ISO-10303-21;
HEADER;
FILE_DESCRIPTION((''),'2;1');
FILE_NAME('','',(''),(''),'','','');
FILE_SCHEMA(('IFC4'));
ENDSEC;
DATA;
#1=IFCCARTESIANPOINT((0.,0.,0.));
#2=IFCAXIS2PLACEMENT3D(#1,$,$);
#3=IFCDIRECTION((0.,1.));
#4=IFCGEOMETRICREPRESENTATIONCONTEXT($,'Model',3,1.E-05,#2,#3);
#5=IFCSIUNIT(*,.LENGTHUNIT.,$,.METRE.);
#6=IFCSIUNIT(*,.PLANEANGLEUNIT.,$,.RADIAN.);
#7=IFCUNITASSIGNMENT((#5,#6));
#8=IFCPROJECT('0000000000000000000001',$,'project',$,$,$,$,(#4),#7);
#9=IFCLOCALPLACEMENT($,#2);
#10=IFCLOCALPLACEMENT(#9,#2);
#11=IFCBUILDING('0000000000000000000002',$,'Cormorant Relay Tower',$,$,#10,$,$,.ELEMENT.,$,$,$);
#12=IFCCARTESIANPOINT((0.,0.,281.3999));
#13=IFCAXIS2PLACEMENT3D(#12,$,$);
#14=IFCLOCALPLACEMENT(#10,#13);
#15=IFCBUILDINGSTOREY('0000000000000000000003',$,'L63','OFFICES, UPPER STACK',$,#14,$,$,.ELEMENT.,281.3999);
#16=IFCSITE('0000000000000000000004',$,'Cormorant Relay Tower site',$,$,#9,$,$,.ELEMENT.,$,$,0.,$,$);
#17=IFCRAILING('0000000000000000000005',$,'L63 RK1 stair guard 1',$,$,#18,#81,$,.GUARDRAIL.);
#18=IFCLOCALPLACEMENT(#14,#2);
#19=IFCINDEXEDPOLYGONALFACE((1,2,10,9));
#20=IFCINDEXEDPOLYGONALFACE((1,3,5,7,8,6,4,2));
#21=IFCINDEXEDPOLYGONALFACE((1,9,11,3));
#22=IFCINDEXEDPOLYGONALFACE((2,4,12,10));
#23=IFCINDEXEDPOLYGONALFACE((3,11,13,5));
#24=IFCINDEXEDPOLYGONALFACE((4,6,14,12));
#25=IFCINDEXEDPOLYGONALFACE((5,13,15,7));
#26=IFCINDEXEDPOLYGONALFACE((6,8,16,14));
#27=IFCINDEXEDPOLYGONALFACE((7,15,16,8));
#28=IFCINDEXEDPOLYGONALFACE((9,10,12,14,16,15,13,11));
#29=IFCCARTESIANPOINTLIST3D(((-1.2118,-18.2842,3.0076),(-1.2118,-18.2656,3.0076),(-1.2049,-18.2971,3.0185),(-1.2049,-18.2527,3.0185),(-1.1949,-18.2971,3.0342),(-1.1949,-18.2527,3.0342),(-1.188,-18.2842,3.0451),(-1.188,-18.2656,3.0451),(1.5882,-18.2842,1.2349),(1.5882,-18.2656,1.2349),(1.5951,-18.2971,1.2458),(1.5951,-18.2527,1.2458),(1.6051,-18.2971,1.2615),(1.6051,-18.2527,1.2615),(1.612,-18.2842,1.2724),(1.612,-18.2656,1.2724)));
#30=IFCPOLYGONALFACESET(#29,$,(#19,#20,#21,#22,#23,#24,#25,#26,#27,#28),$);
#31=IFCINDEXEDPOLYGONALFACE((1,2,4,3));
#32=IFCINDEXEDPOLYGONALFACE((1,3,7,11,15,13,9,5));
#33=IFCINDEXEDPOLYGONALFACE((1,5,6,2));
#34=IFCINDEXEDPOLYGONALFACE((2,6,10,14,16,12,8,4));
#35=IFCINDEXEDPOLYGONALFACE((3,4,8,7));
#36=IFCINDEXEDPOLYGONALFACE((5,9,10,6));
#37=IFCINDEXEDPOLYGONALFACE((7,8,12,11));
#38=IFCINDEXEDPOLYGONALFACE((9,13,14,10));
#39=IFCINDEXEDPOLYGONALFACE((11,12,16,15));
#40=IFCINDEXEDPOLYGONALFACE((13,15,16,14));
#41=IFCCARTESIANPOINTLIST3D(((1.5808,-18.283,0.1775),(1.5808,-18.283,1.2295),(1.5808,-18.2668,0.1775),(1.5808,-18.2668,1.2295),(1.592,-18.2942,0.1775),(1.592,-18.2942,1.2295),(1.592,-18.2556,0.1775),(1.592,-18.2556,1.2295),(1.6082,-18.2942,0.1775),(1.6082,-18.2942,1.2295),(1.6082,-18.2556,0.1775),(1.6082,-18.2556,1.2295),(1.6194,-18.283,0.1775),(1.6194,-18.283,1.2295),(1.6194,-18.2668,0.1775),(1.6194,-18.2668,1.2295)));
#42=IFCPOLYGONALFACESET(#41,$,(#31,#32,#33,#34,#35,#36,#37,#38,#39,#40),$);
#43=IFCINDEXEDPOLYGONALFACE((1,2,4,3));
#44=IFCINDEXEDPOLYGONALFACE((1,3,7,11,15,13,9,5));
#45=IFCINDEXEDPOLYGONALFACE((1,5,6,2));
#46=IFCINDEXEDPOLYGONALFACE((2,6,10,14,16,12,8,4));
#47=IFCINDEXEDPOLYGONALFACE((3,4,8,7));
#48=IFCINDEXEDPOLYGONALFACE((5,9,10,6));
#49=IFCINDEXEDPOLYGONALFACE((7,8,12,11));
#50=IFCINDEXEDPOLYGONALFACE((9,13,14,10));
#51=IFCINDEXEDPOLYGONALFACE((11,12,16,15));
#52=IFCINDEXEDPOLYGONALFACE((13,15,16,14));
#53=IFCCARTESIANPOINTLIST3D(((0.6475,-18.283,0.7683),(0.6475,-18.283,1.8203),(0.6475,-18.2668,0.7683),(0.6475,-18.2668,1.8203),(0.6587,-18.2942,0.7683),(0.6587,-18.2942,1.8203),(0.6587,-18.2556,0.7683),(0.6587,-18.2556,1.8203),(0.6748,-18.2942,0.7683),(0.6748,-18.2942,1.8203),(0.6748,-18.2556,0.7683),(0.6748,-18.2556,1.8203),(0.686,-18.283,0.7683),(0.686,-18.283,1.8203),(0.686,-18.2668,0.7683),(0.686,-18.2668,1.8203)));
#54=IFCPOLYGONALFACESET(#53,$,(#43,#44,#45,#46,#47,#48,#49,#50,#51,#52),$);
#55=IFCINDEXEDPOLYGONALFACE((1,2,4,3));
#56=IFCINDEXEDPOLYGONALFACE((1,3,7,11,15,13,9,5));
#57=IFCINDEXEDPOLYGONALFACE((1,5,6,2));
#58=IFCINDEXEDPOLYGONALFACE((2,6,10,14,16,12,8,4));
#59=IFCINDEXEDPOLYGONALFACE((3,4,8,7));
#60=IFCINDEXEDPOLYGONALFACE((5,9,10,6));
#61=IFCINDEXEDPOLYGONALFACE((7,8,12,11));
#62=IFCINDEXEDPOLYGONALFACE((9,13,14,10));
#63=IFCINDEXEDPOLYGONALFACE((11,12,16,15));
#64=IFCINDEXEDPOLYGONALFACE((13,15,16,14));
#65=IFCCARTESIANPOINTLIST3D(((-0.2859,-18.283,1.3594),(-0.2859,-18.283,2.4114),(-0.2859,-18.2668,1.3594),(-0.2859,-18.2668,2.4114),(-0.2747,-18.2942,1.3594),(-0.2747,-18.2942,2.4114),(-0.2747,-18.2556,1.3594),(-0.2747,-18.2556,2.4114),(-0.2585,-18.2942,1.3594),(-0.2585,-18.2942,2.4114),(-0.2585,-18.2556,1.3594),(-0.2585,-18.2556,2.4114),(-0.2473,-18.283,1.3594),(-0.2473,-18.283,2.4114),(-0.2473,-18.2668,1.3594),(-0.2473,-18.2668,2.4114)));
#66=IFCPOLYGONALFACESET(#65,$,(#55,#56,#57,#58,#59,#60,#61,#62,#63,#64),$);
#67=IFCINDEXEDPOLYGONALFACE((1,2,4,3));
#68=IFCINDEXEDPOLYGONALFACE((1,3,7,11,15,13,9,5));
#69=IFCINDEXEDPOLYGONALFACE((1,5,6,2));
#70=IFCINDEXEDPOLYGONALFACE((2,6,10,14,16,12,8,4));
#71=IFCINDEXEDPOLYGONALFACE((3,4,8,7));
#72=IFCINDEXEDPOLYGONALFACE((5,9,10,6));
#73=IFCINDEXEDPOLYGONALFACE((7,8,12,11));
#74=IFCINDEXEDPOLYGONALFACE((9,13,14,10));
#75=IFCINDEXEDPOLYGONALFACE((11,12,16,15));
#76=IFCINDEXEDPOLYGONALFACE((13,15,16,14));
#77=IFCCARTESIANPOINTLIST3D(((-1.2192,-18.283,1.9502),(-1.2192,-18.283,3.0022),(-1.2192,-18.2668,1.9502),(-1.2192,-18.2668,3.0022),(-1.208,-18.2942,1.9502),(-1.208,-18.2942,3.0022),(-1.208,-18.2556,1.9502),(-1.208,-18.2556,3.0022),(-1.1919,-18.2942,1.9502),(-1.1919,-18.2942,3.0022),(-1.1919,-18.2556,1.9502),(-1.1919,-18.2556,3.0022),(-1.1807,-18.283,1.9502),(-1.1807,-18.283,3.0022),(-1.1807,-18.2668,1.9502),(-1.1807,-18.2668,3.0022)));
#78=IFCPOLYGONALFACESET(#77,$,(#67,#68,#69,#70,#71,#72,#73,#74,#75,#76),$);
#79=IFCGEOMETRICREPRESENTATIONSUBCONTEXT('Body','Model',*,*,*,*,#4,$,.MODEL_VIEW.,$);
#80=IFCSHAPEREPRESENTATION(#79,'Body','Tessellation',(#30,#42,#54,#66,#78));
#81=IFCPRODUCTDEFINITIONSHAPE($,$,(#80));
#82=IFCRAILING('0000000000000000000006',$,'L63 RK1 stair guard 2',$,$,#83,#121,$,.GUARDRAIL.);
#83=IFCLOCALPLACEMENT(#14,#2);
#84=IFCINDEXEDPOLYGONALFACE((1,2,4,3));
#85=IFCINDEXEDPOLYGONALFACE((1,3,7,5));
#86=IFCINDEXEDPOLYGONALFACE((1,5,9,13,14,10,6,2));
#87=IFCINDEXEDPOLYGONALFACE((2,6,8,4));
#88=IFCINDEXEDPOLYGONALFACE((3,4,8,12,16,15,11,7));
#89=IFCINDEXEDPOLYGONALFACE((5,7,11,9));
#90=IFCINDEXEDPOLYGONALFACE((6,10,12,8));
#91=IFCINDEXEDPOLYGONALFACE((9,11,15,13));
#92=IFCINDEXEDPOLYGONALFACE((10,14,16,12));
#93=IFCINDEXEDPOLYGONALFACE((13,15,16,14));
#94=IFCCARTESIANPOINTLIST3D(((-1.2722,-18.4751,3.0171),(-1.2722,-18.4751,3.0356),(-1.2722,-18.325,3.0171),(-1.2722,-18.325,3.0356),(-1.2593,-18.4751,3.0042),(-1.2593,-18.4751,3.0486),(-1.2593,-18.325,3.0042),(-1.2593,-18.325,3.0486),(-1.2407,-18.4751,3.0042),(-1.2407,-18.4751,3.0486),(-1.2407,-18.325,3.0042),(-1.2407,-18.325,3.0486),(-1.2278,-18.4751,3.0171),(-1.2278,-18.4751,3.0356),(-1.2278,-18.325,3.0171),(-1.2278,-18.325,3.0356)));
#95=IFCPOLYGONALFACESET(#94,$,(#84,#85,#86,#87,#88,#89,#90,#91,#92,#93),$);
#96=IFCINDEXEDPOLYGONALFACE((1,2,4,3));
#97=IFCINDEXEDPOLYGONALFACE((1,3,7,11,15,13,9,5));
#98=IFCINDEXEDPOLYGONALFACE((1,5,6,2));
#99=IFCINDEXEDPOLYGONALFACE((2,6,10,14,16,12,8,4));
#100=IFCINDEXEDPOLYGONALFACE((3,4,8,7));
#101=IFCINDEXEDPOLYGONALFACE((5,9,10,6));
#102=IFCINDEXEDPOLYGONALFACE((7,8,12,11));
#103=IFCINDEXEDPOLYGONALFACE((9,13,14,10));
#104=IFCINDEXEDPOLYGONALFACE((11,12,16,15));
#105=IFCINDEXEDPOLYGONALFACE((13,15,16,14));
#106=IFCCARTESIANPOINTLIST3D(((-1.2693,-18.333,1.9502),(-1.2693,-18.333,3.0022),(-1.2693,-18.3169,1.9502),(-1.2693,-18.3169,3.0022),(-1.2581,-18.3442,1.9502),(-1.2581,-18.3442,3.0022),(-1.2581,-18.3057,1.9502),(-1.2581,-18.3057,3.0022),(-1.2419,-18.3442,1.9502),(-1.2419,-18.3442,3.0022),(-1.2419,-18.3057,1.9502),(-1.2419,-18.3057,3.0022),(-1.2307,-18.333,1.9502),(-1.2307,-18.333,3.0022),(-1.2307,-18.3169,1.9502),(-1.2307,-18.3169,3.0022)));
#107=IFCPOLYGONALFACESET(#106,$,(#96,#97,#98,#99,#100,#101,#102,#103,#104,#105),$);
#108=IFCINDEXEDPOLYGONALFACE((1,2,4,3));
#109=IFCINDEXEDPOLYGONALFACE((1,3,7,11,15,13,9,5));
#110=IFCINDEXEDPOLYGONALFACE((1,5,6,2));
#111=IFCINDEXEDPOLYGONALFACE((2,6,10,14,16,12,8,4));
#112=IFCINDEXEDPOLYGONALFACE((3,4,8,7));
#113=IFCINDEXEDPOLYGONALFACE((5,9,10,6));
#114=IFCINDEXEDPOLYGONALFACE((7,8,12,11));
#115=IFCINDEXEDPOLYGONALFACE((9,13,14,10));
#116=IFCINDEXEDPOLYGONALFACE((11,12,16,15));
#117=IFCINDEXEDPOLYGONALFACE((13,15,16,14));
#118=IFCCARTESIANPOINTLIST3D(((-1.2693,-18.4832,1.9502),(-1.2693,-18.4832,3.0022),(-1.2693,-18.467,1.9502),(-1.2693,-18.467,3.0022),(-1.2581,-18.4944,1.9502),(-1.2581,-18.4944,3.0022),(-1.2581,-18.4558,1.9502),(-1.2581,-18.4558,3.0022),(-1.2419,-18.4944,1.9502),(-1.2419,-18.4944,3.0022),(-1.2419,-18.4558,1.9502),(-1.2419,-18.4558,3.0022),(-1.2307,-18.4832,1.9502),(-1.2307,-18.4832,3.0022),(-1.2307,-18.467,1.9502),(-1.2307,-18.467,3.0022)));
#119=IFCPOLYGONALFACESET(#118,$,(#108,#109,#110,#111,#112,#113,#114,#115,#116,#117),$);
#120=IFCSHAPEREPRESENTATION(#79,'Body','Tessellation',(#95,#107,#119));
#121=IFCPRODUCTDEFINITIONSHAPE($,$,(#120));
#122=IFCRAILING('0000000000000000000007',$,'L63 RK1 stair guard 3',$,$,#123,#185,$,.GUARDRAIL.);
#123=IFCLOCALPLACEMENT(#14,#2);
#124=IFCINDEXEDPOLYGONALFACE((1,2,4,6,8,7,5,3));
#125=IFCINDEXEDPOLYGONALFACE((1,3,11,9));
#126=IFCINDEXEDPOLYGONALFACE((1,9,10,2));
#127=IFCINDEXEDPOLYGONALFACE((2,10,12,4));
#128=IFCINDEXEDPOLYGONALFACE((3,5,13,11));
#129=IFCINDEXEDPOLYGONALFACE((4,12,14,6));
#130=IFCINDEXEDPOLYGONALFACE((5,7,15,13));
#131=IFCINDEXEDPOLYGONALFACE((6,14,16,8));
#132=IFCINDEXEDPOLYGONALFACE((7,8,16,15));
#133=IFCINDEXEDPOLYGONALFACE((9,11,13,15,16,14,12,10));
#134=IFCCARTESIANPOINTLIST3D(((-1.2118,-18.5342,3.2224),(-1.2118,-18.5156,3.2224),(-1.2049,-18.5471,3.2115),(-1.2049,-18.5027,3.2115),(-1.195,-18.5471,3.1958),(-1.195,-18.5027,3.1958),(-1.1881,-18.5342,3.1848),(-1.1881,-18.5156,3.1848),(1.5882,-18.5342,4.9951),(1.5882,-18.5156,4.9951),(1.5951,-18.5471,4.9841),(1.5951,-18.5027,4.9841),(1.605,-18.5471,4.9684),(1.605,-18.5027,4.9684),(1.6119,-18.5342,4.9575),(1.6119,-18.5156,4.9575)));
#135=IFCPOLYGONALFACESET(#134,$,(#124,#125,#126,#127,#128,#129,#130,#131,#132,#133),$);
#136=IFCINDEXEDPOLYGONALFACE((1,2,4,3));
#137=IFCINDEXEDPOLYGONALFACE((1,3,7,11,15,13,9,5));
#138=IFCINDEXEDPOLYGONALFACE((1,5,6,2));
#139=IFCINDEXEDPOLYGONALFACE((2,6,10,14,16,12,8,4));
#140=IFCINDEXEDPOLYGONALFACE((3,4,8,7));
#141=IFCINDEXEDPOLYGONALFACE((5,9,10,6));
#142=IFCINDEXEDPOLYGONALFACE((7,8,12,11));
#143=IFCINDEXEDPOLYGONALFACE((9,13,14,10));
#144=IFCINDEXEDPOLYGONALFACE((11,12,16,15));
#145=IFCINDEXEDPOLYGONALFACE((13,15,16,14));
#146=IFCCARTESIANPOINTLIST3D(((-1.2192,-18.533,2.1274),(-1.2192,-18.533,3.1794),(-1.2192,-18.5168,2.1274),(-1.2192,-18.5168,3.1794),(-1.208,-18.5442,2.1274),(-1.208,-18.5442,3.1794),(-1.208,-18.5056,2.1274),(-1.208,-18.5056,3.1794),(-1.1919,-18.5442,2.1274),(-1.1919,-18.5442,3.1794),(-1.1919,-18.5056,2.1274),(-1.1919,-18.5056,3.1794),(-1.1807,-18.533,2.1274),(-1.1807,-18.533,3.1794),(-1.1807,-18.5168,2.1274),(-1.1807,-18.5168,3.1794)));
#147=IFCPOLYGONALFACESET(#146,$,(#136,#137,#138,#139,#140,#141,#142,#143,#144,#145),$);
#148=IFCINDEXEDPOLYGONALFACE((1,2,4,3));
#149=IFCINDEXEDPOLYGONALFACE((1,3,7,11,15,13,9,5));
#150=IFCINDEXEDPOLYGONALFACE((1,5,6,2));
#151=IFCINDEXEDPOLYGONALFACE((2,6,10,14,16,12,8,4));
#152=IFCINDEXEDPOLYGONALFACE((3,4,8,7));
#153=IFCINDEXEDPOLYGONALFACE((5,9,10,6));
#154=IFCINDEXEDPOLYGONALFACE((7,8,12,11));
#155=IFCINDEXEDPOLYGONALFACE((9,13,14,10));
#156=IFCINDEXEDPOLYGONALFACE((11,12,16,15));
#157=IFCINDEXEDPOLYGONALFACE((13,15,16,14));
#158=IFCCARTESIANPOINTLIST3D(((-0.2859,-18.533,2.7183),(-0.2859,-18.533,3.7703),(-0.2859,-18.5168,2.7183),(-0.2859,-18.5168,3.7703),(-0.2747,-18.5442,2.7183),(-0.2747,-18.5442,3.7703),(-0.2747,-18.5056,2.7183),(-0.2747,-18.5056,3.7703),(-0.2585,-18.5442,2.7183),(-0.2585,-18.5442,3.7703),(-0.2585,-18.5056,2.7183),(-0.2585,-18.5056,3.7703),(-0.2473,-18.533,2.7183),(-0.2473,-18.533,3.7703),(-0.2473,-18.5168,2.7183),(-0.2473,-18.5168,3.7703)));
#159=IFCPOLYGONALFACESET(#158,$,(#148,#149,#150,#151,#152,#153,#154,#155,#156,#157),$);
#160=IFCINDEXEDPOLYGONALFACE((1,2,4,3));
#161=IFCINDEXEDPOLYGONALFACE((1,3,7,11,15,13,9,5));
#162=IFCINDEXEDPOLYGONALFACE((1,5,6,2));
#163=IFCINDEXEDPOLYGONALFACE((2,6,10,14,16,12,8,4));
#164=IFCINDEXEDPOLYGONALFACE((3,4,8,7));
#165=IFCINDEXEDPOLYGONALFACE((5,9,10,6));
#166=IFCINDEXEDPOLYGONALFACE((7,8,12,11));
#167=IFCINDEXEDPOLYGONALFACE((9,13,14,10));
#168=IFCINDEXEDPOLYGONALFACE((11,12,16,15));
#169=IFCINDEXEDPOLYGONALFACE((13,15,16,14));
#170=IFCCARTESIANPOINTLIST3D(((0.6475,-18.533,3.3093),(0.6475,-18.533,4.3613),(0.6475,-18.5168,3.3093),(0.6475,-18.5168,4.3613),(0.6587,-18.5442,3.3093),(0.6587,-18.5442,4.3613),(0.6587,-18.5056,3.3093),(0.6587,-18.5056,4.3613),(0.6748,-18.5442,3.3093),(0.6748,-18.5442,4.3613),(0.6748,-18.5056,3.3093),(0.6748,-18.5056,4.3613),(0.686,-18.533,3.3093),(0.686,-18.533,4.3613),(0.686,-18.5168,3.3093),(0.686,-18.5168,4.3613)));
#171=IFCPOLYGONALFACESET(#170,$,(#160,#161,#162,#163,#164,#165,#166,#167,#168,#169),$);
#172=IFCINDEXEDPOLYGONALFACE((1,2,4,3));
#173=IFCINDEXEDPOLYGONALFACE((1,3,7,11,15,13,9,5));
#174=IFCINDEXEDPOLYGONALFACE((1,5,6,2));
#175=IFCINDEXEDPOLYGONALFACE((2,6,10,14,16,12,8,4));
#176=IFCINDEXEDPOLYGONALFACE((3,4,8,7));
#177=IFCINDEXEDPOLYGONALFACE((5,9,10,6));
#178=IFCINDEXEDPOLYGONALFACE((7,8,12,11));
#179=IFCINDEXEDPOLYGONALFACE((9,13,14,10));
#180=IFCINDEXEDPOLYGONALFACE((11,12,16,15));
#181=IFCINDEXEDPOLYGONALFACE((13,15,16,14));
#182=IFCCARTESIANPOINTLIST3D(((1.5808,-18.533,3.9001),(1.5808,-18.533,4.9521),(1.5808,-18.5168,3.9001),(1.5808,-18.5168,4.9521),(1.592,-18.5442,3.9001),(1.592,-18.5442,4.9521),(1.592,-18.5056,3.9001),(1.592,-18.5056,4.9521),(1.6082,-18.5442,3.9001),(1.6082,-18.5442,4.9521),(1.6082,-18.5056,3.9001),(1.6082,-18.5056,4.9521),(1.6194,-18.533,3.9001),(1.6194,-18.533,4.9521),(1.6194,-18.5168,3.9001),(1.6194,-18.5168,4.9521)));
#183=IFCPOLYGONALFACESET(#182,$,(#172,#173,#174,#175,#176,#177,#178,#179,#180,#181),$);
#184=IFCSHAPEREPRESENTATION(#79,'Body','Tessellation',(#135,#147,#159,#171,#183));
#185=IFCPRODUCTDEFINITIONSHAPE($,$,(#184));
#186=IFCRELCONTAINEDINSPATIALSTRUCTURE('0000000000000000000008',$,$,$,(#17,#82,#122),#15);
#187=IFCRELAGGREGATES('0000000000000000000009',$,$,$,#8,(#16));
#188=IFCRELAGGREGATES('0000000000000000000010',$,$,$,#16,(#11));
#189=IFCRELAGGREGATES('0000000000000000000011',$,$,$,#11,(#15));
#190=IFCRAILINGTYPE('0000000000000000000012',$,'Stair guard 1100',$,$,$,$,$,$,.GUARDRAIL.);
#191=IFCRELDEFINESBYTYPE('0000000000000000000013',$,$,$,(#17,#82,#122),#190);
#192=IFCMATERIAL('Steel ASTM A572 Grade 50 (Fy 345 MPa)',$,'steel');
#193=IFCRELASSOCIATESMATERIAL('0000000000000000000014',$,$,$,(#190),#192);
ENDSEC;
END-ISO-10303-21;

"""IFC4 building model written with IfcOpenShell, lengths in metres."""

from ifc_helpers import new_model, si_unit, direction, frame, origin, place, context, subcontext, project, spatial, polyline, outline, extrude, material, type_object, element, save


model = new_model("IFC4")

# Units and contexts
model_context = context("Model", 3, precision=1e-05, world=origin(), true_north=direction((0.0, 1.0)))
body_context = subcontext(model_context, "Body", "Model", "MODEL_VIEW")
ifc_project = project(units=[si_unit("LENGTHUNIT", "METRE"), si_unit("PLANEANGLEUNIT", "RADIAN")], contexts=[model_context])

# Site, building, storey
site_placement = place(None, origin())
site = spatial("IfcSite", under=ifc_project, at=site_placement, Name="Cormorant Relay Tower site", CompositionType="ELEMENT", RefElevation=0.0)
building_placement = place(site_placement, origin())
building = spatial("IfcBuilding", under=site, at=building_placement, Name="Cormorant Relay Tower", CompositionType="ELEMENT")
storey_placement = place(building_placement, frame((0.0, 0.0, 281.3999)))
storey = spatial("IfcBuildingStorey", under=building, at=storey_placement, Name="L63", Description="OFFICES, UPPER STACK", CompositionType="ELEMENT", Elevation=281.3999)

# Railings
ifc_material_1 = material(Name="Steel ASTM A572 Grade 50 (Fy 345 MPa)", Category="steel")
railing_type_1 = type_object("IfcRailingType", Name="Stair guard 1100", PredefinedType="GUARDRAIL", material=ifc_material_1)
railing_1_placement = place(storey_placement, frame((1.6001, -18.2749, 0.1775)))
element("IfcRailing", 1, at=railing_1_placement, inside=storey, type_object=railing_type_1, Name="L63 RK1 stair guard 1", PredefinedType="GUARDRAIL", context=body_context, shape_type="SweptSolid", body=[
    extrude(outline(polyline([(0.0222, 0.0093), (0.0093, 0.0222), (-0.0093, 0.0222), (-0.0222, 0.0093), (-0.0222, -0.0093), (-0.0093, -0.0222), (0.0093, -0.0222), (0.0222, -0.0093), (0.0222, 0.0093)])), frame((0.0, 0.0, 1.0762), z_axis=(-0.844909, 0.0, 0.53491), x_axis=(0.0, -1.0, 0.0)), (0.0, 0.0, 1.0), 3.314),
    extrude(outline(polyline([(0.0193, 0.0081), (0.0081, 0.0193), (-0.0081, 0.0193), (-0.0193, 0.0081), (-0.0193, -0.0081), (-0.0081, -0.0193), (0.0081, -0.0193), (0.0193, -0.0081), (0.0193, 0.0081)])), origin(), (0.0, 0.0, 1.0), 1.052),
    extrude(outline(polyline([(0.0193, 0.0081), (0.0081, 0.0193), (-0.0081, 0.0193), (-0.0193, 0.0081), (-0.0193, -0.0081), (-0.0081, -0.0193), (0.0081, -0.0193), (0.0193, -0.0081), (0.0193, 0.0081)])), frame((-0.9333, 0.0, 0.5908)), (0.0, 0.0, 1.0), 1.052),
    extrude(outline(polyline([(0.0193, 0.0081), (0.0081, 0.0193), (-0.0081, 0.0193), (-0.0193, 0.0081), (-0.0193, -0.0081), (-0.0081, -0.0193), (0.0081, -0.0193), (0.0193, -0.0081), (0.0193, 0.0081)])), frame((-1.8667, 0.0, 1.1819)), (0.0, 0.0, 1.0), 1.052),
    extrude(outline(polyline([(0.0193, 0.0081), (0.0081, 0.0193), (-0.0081, 0.0193), (-0.0193, 0.0081), (-0.0193, -0.0081), (-0.0081, -0.0193), (0.0081, -0.0193), (0.0193, -0.0081), (0.0193, 0.0081)])), frame((-2.8, 0.0, 1.7727)), (0.0, 0.0, 1.0), 1.052),
])
railing_2_placement = place(storey_placement, frame((-1.25, -18.325, 1.9502)))
element("IfcRailing", 2, at=railing_2_placement, inside=storey, type_object=railing_type_1, Name="L63 RK1 stair guard 2", PredefinedType="GUARDRAIL", context=body_context, shape_type="SweptSolid", body=[
    extrude(outline(polyline([(0.0222, 0.0093), (0.0093, 0.0222), (-0.0093, 0.0222), (-0.0222, 0.0093), (-0.0222, -0.0093), (-0.0093, -0.0222), (0.0093, -0.0222), (0.0222, -0.0093), (0.0222, 0.0093)])), frame((0.0, 0.0, 1.0762), z_axis=(0.0, -1.0, 0.0), x_axis=(1.0, 0.0, 0.0)), (0.0, 0.0, 1.0), 0.1501),
    extrude(outline(polyline([(0.0193, 0.0081), (0.0081, 0.0193), (-0.0081, 0.0193), (-0.0193, 0.0081), (-0.0193, -0.0081), (-0.0081, -0.0193), (0.0081, -0.0193), (0.0193, -0.0081), (0.0193, 0.0081)])), origin(), (0.0, 0.0, 1.0), 1.052),
    extrude(outline(polyline([(0.0193, 0.0081), (0.0081, 0.0193), (-0.0081, 0.0193), (-0.0193, 0.0081), (-0.0193, -0.0081), (-0.0081, -0.0193), (0.0081, -0.0193), (0.0193, -0.0081), (0.0193, 0.0081)])), frame((0.0, -0.1501, 0.0)), (0.0, 0.0, 1.0), 1.052),
])
railing_3_placement = place(storey_placement, frame((-1.2, -18.5249, 2.1274)))
element("IfcRailing", 3, at=railing_3_placement, inside=storey, type_object=railing_type_1, Name="L63 RK1 stair guard 3", PredefinedType="GUARDRAIL", context=body_context, shape_type="SweptSolid", body=[
    extrude(outline(polyline([(0.0222, 0.0093), (0.0093, 0.0222), (-0.0093, 0.0222), (-0.0222, 0.0093), (-0.0222, -0.0093), (-0.0093, -0.0222), (0.0093, -0.0222), (0.0222, -0.0093), (0.0222, 0.0093)])), frame((0.0, 0.0, 1.0762), z_axis=(0.844909, 0.0, 0.53491), x_axis=(0.0, 1.0, 0.0)), (0.0, 0.0, 1.0), 3.314),
    extrude(outline(polyline([(0.0193, 0.0081), (0.0081, 0.0193), (-0.0081, 0.0193), (-0.0193, 0.0081), (-0.0193, -0.0081), (-0.0081, -0.0193), (0.0081, -0.0193), (0.0193, -0.0081), (0.0193, 0.0081)])), origin(), (0.0, 0.0, 1.0), 1.052),
    extrude(outline(polyline([(0.0193, 0.0081), (0.0081, 0.0193), (-0.0081, 0.0193), (-0.0193, 0.0081), (-0.0193, -0.0081), (-0.0081, -0.0193), (0.0081, -0.0193), (0.0193, -0.0081), (0.0193, 0.0081)])), frame((0.9333, 0.0, 0.5908)), (0.0, 0.0, 1.0), 1.052),
    extrude(outline(polyline([(0.0193, 0.0081), (0.0081, 0.0193), (-0.0081, 0.0193), (-0.0193, 0.0081), (-0.0193, -0.0081), (-0.0081, -0.0193), (0.0081, -0.0193), (0.0193, -0.0081), (0.0193, 0.0081)])), frame((1.8667, 0.0, 1.1819)), (0.0, 0.0, 1.0), 1.052),
    extrude(outline(polyline([(0.0193, 0.0081), (0.0081, 0.0193), (-0.0081, 0.0193), (-0.0193, 0.0081), (-0.0193, -0.0081), (-0.0081, -0.0193), (0.0081, -0.0193), (0.0193, -0.0081), (0.0193, 0.0081)])), frame((2.8, 0.0, 1.7727)), (0.0, 0.0, 1.0), 1.052),
])

save(model, "model.ifc")
